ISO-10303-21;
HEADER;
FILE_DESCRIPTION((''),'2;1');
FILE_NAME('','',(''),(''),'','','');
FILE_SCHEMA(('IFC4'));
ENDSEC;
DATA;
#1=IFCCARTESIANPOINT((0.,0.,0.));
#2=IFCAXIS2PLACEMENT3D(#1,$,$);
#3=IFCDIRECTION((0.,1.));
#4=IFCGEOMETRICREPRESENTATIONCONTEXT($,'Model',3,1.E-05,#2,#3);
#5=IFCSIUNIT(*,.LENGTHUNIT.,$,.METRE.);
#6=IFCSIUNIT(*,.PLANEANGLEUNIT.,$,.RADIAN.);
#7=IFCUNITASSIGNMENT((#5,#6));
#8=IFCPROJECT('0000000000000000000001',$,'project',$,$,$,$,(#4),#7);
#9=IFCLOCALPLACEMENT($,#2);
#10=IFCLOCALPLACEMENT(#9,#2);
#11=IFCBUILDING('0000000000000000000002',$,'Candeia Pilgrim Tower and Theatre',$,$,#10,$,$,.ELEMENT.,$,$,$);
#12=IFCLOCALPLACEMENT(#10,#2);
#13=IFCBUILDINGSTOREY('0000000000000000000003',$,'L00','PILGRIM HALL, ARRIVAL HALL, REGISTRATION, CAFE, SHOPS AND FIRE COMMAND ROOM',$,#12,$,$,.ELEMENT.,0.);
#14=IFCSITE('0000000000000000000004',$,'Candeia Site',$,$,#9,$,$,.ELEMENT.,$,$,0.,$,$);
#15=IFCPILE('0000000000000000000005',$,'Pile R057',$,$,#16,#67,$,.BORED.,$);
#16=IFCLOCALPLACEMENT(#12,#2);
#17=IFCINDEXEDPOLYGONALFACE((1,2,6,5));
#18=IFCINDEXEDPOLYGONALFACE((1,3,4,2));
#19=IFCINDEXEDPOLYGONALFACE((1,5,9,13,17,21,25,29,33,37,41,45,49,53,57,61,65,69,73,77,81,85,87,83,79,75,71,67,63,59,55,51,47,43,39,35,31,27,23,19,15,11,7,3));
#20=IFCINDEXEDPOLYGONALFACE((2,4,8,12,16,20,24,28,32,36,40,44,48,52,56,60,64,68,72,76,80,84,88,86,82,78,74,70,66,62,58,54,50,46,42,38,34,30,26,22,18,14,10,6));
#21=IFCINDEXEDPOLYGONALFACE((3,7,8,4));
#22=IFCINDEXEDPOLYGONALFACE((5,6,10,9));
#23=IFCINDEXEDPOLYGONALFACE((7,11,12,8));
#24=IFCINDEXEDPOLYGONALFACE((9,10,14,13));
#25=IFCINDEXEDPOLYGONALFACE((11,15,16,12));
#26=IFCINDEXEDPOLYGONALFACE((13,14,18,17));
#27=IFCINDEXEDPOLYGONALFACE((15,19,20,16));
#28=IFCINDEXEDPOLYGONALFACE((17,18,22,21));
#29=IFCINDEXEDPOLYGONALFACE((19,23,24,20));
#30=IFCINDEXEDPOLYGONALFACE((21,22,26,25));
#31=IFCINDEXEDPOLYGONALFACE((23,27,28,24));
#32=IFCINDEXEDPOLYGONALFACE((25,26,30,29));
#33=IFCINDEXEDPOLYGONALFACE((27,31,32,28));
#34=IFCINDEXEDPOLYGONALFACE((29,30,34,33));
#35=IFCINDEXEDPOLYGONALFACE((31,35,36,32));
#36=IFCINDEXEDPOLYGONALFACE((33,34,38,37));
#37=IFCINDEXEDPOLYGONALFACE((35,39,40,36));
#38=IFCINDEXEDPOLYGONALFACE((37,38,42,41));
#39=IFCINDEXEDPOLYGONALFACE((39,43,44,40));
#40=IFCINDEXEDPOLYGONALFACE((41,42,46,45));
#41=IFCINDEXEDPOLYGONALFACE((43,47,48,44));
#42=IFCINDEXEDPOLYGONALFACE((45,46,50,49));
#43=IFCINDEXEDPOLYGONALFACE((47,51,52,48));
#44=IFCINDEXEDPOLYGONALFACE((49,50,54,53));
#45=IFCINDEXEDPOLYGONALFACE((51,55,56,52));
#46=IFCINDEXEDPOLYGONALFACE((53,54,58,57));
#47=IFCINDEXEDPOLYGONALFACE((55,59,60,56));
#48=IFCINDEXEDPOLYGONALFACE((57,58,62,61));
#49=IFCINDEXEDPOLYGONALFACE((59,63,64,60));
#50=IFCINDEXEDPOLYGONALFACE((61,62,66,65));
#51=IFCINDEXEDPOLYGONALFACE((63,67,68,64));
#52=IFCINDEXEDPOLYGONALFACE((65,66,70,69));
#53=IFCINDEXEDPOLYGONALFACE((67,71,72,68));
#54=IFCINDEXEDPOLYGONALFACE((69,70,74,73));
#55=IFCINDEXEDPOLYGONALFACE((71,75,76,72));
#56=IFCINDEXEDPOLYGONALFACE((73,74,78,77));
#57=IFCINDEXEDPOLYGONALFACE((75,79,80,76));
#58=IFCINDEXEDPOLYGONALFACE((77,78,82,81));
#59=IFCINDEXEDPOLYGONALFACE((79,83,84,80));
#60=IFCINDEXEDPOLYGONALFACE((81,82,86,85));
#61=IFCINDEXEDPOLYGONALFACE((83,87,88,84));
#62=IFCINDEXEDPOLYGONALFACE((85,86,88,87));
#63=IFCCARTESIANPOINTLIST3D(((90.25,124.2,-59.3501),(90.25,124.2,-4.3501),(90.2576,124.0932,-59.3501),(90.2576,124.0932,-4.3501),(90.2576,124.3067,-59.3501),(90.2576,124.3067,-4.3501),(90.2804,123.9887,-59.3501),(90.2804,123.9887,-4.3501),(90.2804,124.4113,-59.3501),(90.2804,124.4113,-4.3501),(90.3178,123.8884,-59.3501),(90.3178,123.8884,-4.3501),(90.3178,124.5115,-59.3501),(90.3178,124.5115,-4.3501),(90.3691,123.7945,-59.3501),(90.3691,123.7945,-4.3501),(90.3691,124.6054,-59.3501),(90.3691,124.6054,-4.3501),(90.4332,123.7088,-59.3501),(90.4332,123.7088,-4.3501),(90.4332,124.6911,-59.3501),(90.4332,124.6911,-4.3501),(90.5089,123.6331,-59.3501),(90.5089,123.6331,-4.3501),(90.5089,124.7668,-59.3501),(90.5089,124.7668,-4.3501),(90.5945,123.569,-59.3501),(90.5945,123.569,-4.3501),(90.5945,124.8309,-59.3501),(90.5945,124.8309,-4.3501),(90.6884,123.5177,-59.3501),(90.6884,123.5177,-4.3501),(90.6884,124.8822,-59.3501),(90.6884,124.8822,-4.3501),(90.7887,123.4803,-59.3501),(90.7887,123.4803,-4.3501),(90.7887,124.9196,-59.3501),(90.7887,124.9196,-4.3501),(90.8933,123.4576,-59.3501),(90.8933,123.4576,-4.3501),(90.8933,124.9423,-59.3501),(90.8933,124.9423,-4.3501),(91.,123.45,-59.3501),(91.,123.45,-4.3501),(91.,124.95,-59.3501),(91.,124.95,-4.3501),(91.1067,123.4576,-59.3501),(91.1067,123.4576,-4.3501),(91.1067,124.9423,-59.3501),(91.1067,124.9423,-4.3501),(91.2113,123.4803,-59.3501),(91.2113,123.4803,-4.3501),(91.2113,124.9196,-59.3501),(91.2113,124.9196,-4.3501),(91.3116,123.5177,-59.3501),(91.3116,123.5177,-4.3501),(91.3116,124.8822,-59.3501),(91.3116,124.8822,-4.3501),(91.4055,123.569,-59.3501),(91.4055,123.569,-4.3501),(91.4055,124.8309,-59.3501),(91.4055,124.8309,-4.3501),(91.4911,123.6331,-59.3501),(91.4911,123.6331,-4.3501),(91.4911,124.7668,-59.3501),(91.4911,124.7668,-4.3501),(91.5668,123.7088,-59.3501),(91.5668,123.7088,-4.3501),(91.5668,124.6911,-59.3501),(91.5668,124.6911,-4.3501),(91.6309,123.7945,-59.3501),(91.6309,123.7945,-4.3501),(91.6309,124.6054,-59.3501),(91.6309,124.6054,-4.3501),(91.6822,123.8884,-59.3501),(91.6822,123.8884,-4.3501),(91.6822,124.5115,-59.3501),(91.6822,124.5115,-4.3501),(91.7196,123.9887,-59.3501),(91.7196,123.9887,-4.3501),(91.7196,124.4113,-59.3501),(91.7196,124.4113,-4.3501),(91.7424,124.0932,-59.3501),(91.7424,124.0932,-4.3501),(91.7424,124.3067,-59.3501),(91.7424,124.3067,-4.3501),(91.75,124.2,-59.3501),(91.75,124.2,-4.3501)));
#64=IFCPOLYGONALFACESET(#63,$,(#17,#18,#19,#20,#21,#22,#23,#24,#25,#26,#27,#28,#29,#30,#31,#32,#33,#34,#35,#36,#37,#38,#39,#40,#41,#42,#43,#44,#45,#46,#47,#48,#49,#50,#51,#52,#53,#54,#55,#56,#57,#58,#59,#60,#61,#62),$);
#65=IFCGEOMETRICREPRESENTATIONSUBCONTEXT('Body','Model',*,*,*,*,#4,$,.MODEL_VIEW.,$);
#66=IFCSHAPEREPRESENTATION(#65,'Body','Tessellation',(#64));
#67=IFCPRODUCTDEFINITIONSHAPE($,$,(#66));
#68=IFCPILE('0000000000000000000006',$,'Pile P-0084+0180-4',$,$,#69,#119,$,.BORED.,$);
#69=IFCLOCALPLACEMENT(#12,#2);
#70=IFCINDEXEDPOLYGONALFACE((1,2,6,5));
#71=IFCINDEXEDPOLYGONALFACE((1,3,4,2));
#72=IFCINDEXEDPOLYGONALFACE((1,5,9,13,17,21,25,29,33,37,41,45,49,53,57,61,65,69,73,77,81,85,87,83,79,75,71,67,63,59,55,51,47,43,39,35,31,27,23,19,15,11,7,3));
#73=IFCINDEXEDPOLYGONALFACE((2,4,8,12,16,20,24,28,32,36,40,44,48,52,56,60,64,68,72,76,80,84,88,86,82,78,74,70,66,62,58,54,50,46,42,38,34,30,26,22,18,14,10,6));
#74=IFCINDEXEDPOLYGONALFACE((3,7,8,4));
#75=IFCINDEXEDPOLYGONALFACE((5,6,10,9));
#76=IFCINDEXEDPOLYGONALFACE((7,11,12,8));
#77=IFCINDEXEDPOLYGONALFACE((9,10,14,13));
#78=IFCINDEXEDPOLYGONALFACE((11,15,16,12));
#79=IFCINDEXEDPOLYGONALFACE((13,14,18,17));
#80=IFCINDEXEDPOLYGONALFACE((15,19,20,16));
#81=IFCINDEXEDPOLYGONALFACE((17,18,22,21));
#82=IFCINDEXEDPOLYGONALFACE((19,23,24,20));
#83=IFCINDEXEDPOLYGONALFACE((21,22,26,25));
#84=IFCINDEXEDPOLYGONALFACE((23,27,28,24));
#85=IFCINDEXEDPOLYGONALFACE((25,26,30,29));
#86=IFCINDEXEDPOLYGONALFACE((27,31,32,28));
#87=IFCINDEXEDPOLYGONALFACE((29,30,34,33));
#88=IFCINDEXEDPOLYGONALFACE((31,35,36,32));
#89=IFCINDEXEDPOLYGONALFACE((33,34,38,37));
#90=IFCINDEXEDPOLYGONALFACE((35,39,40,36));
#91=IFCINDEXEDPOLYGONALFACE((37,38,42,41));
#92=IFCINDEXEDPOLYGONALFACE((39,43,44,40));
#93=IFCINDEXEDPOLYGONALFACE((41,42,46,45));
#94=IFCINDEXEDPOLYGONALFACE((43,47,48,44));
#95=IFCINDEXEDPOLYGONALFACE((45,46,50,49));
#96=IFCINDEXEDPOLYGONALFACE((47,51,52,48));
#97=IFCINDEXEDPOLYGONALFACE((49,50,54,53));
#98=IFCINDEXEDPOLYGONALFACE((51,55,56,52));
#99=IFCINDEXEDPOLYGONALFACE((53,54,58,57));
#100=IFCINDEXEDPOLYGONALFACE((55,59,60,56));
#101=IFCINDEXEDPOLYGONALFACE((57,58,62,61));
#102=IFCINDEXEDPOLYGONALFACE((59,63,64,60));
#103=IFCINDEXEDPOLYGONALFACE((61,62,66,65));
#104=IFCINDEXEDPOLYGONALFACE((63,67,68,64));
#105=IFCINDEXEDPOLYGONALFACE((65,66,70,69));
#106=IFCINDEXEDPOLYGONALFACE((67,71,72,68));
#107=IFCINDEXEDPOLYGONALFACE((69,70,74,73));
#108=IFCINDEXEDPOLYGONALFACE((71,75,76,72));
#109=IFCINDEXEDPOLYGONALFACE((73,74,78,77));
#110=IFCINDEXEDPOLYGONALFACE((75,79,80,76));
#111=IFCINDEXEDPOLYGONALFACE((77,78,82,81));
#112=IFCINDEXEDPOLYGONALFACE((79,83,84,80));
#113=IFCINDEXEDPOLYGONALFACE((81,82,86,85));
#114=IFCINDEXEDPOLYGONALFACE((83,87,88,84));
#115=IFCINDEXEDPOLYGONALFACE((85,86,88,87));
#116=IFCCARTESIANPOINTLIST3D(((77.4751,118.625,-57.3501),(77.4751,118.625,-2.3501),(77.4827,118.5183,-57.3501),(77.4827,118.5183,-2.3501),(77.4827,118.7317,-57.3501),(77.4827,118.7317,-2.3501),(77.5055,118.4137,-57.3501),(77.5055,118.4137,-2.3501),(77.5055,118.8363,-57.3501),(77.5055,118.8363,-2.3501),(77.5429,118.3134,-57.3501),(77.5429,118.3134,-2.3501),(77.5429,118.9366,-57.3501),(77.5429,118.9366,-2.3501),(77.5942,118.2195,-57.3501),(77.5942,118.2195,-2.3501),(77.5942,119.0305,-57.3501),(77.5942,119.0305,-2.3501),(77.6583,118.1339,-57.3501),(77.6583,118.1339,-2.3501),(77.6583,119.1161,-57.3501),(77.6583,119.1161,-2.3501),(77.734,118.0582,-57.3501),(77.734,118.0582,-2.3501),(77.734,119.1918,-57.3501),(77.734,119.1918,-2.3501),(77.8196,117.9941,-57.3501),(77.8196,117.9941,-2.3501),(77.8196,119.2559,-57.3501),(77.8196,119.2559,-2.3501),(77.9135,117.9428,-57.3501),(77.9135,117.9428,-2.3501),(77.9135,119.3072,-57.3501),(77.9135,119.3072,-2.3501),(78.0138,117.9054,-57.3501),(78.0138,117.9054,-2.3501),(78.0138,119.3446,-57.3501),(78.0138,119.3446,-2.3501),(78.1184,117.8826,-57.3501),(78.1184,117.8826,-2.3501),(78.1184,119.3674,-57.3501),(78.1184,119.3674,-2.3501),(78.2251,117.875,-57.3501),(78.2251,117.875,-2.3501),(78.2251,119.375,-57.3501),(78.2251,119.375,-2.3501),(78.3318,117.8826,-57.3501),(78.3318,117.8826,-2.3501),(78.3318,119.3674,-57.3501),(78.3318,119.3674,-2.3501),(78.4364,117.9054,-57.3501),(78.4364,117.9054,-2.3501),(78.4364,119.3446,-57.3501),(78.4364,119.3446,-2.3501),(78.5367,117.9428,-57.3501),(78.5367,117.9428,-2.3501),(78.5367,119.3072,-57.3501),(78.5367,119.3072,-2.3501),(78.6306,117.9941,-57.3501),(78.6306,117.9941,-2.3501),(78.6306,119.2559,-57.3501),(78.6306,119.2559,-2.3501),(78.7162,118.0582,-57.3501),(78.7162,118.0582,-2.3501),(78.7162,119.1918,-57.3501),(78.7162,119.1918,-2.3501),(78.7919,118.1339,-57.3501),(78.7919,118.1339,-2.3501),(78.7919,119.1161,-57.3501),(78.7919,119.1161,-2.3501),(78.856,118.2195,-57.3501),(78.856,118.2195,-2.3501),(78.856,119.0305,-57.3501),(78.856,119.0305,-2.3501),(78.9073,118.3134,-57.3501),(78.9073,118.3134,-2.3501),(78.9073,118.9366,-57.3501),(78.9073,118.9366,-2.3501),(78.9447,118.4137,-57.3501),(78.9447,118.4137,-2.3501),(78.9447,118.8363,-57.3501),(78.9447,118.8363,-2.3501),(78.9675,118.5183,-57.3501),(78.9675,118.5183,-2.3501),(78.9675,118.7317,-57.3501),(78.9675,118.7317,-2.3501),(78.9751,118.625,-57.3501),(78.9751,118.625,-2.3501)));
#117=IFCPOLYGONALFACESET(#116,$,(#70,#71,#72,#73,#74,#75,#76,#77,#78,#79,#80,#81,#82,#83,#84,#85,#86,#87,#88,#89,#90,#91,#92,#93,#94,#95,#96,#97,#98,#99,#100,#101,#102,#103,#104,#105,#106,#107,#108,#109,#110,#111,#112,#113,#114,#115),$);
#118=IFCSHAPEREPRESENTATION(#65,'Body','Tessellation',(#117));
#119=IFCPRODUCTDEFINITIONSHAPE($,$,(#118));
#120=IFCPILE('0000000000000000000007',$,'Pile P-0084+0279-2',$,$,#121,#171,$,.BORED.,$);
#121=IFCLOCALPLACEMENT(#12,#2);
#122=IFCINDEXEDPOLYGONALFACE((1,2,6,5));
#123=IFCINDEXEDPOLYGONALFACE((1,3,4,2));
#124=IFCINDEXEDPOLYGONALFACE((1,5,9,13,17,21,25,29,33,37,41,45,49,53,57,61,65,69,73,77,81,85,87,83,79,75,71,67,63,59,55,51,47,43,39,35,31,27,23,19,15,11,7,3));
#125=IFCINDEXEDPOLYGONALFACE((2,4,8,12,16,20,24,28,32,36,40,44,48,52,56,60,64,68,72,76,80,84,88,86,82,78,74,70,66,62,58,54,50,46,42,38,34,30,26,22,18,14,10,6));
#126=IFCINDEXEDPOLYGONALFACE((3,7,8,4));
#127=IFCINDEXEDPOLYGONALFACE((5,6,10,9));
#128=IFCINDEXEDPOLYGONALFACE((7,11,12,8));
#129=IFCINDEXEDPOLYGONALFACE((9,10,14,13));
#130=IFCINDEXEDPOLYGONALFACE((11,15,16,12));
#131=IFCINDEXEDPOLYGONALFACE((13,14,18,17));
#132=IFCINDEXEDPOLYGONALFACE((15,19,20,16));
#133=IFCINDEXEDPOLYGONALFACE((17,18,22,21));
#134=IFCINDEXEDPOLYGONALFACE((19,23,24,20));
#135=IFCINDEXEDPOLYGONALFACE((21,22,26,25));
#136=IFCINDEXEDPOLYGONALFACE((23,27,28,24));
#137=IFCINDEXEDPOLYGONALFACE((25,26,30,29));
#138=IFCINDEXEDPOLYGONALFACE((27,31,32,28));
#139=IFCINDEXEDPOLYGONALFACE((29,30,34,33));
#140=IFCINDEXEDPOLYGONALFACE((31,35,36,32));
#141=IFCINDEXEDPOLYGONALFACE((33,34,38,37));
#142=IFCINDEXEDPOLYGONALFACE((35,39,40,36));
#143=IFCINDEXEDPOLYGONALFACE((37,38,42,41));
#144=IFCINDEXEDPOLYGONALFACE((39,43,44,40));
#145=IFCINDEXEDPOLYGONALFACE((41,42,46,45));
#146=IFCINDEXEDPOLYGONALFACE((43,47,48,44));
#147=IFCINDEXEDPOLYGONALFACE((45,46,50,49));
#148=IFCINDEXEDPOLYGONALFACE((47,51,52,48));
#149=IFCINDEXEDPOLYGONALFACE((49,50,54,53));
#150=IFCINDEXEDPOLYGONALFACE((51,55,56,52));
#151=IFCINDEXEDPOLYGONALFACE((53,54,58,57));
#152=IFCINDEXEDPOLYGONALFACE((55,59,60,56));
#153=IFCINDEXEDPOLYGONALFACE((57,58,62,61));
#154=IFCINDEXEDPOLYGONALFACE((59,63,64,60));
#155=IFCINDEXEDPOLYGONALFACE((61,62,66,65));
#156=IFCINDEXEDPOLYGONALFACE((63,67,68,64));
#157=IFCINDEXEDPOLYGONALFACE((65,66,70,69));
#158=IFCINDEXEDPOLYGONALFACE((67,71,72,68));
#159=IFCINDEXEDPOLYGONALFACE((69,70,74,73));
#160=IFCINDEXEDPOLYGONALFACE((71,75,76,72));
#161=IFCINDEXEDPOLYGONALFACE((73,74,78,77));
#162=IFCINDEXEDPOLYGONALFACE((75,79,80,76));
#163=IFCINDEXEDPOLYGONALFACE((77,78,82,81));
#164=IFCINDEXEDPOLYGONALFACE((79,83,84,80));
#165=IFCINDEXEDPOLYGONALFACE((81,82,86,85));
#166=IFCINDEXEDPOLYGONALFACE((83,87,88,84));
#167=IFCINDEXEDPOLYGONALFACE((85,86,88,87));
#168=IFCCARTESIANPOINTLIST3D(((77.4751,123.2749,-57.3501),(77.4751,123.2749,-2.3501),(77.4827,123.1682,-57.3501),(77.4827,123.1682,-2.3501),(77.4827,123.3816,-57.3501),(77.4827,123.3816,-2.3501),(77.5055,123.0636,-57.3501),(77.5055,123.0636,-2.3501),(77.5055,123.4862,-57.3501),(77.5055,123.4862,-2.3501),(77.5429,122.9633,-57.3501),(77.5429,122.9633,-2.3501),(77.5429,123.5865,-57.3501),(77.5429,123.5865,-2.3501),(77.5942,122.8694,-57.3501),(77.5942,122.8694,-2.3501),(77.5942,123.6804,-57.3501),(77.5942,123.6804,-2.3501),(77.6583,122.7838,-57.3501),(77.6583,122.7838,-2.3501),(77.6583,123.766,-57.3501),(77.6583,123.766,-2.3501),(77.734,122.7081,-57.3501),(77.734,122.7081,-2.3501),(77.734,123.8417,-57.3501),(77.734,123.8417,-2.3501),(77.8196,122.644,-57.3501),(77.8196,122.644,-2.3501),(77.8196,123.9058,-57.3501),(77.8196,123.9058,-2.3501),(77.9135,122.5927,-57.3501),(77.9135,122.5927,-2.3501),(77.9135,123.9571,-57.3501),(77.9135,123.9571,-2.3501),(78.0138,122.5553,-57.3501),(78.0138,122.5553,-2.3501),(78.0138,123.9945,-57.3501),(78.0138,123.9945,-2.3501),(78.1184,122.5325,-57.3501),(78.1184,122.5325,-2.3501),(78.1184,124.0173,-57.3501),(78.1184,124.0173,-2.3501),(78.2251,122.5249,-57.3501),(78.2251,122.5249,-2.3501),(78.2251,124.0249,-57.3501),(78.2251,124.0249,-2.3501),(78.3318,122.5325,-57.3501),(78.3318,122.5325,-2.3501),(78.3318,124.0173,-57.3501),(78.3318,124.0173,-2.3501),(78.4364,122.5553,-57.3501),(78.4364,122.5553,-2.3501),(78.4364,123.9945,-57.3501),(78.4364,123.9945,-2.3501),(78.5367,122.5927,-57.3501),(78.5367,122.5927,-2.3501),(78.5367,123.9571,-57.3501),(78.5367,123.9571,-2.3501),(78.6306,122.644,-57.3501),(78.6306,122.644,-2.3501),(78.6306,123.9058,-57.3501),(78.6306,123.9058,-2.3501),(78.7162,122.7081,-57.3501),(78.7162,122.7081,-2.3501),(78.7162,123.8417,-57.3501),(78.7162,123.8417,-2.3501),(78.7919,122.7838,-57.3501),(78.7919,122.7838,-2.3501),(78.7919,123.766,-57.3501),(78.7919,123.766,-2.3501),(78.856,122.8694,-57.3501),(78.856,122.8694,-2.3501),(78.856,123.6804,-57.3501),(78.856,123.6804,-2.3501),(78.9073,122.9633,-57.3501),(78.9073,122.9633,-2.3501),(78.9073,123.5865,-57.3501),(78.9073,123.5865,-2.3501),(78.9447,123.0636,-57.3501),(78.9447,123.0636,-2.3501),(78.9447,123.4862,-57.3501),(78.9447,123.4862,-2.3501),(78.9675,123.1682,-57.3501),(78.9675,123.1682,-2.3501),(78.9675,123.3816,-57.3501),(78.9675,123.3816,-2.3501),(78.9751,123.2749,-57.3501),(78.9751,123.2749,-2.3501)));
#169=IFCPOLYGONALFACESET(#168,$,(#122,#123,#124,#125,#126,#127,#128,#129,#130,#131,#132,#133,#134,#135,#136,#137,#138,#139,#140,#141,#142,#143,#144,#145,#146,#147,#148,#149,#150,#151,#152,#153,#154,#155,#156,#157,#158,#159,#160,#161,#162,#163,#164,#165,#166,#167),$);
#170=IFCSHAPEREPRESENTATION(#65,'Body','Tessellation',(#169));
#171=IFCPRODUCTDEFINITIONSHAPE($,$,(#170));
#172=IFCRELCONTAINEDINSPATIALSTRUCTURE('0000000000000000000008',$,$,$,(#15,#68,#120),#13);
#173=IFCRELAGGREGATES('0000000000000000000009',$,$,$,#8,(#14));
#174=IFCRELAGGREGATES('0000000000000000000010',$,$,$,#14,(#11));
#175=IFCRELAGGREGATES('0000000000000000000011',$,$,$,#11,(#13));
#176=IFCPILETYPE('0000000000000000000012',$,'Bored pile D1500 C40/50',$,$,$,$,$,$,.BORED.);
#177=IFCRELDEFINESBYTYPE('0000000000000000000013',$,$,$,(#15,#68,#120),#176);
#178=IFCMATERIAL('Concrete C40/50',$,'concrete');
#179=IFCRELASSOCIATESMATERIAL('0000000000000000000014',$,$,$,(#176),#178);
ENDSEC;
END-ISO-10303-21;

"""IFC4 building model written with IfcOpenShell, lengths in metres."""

from ifc_helpers import new_model, si_unit, direction, frame, origin, origin_2d, place, context, subcontext, project, spatial, circle, extrude, material, material_profile, profile_set, type_object, element, save


model = new_model("IFC4")

# Units and contexts
model_context = context("Model", 3, precision=1e-05, world=origin(), true_north=direction((0.0, 1.0)))
body_context = subcontext(model_context, "Body", "Model", "MODEL_VIEW")
ifc_project = project(units=[si_unit("LENGTHUNIT", "METRE"), si_unit("PLANEANGLEUNIT", "RADIAN")], contexts=[model_context])

# Site, building, storey
site_placement = place(None, origin())
site = spatial("IfcSite", under=ifc_project, at=site_placement, Name="Candeia Site", CompositionType="ELEMENT", RefElevation=0.0)
building_placement = place(site_placement, origin())
building = spatial("IfcBuilding", under=site, at=building_placement, Name="Candeia Pilgrim Tower and Theatre", CompositionType="ELEMENT")
storey_placement = place(building_placement, origin())
storey = spatial("IfcBuildingStorey", under=building, at=storey_placement, Name="L00", Description="PILGRIM HALL, ARRIVAL HALL, REGISTRATION, CAFE, SHOPS AND FIRE COMMAND ROOM", CompositionType="ELEMENT", Elevation=0.0)

# Piles
ifc_material_1 = material(Name="Concrete C40/50", Category="concrete")
ifc_material_profile_1 = material_profile(ifc_material_1, circle(Radius=0.75, at=origin_2d()))
ifc_profile_set_1 = profile_set([ifc_material_profile_1], Name="Concrete C40/50")
pile_type = type_object("IfcPileType", Name="Bored pile D1500 C40/50", PredefinedType="BORED", material=ifc_profile_set_1)
for number, where, z_axis, x_axis, name in (
    (1, (91.0, 124.2, -4.3501), (0.0, 0.0, -1.0), (1.0, 0.0, 0.0), "Pile R057"),
    (2, (78.2251, 118.625, -2.3501), (0.0, 0.0, -1.0), (1.0, 0.0, 0.0), "Pile P-0084+0180-4"),
    (3, (78.2251, 123.2749, -2.3501), (0.0, 0.0, -1.0), (1.0, 0.0, 0.0), "Pile P-0084+0279-2"),
):
    element("IfcPile", number, at=place(storey_placement, frame(where, z_axis=z_axis, x_axis=x_axis)), inside=storey, type_object=pile_type, Name=name, PredefinedType="BORED", context=body_context, shape_type="SweptSolid", body=[
        extrude(circle(Radius=0.75, at=origin_2d()), origin(), (0.0, 0.0, 1.0), 55.0),
    ])

save(model, "model.ifc")
